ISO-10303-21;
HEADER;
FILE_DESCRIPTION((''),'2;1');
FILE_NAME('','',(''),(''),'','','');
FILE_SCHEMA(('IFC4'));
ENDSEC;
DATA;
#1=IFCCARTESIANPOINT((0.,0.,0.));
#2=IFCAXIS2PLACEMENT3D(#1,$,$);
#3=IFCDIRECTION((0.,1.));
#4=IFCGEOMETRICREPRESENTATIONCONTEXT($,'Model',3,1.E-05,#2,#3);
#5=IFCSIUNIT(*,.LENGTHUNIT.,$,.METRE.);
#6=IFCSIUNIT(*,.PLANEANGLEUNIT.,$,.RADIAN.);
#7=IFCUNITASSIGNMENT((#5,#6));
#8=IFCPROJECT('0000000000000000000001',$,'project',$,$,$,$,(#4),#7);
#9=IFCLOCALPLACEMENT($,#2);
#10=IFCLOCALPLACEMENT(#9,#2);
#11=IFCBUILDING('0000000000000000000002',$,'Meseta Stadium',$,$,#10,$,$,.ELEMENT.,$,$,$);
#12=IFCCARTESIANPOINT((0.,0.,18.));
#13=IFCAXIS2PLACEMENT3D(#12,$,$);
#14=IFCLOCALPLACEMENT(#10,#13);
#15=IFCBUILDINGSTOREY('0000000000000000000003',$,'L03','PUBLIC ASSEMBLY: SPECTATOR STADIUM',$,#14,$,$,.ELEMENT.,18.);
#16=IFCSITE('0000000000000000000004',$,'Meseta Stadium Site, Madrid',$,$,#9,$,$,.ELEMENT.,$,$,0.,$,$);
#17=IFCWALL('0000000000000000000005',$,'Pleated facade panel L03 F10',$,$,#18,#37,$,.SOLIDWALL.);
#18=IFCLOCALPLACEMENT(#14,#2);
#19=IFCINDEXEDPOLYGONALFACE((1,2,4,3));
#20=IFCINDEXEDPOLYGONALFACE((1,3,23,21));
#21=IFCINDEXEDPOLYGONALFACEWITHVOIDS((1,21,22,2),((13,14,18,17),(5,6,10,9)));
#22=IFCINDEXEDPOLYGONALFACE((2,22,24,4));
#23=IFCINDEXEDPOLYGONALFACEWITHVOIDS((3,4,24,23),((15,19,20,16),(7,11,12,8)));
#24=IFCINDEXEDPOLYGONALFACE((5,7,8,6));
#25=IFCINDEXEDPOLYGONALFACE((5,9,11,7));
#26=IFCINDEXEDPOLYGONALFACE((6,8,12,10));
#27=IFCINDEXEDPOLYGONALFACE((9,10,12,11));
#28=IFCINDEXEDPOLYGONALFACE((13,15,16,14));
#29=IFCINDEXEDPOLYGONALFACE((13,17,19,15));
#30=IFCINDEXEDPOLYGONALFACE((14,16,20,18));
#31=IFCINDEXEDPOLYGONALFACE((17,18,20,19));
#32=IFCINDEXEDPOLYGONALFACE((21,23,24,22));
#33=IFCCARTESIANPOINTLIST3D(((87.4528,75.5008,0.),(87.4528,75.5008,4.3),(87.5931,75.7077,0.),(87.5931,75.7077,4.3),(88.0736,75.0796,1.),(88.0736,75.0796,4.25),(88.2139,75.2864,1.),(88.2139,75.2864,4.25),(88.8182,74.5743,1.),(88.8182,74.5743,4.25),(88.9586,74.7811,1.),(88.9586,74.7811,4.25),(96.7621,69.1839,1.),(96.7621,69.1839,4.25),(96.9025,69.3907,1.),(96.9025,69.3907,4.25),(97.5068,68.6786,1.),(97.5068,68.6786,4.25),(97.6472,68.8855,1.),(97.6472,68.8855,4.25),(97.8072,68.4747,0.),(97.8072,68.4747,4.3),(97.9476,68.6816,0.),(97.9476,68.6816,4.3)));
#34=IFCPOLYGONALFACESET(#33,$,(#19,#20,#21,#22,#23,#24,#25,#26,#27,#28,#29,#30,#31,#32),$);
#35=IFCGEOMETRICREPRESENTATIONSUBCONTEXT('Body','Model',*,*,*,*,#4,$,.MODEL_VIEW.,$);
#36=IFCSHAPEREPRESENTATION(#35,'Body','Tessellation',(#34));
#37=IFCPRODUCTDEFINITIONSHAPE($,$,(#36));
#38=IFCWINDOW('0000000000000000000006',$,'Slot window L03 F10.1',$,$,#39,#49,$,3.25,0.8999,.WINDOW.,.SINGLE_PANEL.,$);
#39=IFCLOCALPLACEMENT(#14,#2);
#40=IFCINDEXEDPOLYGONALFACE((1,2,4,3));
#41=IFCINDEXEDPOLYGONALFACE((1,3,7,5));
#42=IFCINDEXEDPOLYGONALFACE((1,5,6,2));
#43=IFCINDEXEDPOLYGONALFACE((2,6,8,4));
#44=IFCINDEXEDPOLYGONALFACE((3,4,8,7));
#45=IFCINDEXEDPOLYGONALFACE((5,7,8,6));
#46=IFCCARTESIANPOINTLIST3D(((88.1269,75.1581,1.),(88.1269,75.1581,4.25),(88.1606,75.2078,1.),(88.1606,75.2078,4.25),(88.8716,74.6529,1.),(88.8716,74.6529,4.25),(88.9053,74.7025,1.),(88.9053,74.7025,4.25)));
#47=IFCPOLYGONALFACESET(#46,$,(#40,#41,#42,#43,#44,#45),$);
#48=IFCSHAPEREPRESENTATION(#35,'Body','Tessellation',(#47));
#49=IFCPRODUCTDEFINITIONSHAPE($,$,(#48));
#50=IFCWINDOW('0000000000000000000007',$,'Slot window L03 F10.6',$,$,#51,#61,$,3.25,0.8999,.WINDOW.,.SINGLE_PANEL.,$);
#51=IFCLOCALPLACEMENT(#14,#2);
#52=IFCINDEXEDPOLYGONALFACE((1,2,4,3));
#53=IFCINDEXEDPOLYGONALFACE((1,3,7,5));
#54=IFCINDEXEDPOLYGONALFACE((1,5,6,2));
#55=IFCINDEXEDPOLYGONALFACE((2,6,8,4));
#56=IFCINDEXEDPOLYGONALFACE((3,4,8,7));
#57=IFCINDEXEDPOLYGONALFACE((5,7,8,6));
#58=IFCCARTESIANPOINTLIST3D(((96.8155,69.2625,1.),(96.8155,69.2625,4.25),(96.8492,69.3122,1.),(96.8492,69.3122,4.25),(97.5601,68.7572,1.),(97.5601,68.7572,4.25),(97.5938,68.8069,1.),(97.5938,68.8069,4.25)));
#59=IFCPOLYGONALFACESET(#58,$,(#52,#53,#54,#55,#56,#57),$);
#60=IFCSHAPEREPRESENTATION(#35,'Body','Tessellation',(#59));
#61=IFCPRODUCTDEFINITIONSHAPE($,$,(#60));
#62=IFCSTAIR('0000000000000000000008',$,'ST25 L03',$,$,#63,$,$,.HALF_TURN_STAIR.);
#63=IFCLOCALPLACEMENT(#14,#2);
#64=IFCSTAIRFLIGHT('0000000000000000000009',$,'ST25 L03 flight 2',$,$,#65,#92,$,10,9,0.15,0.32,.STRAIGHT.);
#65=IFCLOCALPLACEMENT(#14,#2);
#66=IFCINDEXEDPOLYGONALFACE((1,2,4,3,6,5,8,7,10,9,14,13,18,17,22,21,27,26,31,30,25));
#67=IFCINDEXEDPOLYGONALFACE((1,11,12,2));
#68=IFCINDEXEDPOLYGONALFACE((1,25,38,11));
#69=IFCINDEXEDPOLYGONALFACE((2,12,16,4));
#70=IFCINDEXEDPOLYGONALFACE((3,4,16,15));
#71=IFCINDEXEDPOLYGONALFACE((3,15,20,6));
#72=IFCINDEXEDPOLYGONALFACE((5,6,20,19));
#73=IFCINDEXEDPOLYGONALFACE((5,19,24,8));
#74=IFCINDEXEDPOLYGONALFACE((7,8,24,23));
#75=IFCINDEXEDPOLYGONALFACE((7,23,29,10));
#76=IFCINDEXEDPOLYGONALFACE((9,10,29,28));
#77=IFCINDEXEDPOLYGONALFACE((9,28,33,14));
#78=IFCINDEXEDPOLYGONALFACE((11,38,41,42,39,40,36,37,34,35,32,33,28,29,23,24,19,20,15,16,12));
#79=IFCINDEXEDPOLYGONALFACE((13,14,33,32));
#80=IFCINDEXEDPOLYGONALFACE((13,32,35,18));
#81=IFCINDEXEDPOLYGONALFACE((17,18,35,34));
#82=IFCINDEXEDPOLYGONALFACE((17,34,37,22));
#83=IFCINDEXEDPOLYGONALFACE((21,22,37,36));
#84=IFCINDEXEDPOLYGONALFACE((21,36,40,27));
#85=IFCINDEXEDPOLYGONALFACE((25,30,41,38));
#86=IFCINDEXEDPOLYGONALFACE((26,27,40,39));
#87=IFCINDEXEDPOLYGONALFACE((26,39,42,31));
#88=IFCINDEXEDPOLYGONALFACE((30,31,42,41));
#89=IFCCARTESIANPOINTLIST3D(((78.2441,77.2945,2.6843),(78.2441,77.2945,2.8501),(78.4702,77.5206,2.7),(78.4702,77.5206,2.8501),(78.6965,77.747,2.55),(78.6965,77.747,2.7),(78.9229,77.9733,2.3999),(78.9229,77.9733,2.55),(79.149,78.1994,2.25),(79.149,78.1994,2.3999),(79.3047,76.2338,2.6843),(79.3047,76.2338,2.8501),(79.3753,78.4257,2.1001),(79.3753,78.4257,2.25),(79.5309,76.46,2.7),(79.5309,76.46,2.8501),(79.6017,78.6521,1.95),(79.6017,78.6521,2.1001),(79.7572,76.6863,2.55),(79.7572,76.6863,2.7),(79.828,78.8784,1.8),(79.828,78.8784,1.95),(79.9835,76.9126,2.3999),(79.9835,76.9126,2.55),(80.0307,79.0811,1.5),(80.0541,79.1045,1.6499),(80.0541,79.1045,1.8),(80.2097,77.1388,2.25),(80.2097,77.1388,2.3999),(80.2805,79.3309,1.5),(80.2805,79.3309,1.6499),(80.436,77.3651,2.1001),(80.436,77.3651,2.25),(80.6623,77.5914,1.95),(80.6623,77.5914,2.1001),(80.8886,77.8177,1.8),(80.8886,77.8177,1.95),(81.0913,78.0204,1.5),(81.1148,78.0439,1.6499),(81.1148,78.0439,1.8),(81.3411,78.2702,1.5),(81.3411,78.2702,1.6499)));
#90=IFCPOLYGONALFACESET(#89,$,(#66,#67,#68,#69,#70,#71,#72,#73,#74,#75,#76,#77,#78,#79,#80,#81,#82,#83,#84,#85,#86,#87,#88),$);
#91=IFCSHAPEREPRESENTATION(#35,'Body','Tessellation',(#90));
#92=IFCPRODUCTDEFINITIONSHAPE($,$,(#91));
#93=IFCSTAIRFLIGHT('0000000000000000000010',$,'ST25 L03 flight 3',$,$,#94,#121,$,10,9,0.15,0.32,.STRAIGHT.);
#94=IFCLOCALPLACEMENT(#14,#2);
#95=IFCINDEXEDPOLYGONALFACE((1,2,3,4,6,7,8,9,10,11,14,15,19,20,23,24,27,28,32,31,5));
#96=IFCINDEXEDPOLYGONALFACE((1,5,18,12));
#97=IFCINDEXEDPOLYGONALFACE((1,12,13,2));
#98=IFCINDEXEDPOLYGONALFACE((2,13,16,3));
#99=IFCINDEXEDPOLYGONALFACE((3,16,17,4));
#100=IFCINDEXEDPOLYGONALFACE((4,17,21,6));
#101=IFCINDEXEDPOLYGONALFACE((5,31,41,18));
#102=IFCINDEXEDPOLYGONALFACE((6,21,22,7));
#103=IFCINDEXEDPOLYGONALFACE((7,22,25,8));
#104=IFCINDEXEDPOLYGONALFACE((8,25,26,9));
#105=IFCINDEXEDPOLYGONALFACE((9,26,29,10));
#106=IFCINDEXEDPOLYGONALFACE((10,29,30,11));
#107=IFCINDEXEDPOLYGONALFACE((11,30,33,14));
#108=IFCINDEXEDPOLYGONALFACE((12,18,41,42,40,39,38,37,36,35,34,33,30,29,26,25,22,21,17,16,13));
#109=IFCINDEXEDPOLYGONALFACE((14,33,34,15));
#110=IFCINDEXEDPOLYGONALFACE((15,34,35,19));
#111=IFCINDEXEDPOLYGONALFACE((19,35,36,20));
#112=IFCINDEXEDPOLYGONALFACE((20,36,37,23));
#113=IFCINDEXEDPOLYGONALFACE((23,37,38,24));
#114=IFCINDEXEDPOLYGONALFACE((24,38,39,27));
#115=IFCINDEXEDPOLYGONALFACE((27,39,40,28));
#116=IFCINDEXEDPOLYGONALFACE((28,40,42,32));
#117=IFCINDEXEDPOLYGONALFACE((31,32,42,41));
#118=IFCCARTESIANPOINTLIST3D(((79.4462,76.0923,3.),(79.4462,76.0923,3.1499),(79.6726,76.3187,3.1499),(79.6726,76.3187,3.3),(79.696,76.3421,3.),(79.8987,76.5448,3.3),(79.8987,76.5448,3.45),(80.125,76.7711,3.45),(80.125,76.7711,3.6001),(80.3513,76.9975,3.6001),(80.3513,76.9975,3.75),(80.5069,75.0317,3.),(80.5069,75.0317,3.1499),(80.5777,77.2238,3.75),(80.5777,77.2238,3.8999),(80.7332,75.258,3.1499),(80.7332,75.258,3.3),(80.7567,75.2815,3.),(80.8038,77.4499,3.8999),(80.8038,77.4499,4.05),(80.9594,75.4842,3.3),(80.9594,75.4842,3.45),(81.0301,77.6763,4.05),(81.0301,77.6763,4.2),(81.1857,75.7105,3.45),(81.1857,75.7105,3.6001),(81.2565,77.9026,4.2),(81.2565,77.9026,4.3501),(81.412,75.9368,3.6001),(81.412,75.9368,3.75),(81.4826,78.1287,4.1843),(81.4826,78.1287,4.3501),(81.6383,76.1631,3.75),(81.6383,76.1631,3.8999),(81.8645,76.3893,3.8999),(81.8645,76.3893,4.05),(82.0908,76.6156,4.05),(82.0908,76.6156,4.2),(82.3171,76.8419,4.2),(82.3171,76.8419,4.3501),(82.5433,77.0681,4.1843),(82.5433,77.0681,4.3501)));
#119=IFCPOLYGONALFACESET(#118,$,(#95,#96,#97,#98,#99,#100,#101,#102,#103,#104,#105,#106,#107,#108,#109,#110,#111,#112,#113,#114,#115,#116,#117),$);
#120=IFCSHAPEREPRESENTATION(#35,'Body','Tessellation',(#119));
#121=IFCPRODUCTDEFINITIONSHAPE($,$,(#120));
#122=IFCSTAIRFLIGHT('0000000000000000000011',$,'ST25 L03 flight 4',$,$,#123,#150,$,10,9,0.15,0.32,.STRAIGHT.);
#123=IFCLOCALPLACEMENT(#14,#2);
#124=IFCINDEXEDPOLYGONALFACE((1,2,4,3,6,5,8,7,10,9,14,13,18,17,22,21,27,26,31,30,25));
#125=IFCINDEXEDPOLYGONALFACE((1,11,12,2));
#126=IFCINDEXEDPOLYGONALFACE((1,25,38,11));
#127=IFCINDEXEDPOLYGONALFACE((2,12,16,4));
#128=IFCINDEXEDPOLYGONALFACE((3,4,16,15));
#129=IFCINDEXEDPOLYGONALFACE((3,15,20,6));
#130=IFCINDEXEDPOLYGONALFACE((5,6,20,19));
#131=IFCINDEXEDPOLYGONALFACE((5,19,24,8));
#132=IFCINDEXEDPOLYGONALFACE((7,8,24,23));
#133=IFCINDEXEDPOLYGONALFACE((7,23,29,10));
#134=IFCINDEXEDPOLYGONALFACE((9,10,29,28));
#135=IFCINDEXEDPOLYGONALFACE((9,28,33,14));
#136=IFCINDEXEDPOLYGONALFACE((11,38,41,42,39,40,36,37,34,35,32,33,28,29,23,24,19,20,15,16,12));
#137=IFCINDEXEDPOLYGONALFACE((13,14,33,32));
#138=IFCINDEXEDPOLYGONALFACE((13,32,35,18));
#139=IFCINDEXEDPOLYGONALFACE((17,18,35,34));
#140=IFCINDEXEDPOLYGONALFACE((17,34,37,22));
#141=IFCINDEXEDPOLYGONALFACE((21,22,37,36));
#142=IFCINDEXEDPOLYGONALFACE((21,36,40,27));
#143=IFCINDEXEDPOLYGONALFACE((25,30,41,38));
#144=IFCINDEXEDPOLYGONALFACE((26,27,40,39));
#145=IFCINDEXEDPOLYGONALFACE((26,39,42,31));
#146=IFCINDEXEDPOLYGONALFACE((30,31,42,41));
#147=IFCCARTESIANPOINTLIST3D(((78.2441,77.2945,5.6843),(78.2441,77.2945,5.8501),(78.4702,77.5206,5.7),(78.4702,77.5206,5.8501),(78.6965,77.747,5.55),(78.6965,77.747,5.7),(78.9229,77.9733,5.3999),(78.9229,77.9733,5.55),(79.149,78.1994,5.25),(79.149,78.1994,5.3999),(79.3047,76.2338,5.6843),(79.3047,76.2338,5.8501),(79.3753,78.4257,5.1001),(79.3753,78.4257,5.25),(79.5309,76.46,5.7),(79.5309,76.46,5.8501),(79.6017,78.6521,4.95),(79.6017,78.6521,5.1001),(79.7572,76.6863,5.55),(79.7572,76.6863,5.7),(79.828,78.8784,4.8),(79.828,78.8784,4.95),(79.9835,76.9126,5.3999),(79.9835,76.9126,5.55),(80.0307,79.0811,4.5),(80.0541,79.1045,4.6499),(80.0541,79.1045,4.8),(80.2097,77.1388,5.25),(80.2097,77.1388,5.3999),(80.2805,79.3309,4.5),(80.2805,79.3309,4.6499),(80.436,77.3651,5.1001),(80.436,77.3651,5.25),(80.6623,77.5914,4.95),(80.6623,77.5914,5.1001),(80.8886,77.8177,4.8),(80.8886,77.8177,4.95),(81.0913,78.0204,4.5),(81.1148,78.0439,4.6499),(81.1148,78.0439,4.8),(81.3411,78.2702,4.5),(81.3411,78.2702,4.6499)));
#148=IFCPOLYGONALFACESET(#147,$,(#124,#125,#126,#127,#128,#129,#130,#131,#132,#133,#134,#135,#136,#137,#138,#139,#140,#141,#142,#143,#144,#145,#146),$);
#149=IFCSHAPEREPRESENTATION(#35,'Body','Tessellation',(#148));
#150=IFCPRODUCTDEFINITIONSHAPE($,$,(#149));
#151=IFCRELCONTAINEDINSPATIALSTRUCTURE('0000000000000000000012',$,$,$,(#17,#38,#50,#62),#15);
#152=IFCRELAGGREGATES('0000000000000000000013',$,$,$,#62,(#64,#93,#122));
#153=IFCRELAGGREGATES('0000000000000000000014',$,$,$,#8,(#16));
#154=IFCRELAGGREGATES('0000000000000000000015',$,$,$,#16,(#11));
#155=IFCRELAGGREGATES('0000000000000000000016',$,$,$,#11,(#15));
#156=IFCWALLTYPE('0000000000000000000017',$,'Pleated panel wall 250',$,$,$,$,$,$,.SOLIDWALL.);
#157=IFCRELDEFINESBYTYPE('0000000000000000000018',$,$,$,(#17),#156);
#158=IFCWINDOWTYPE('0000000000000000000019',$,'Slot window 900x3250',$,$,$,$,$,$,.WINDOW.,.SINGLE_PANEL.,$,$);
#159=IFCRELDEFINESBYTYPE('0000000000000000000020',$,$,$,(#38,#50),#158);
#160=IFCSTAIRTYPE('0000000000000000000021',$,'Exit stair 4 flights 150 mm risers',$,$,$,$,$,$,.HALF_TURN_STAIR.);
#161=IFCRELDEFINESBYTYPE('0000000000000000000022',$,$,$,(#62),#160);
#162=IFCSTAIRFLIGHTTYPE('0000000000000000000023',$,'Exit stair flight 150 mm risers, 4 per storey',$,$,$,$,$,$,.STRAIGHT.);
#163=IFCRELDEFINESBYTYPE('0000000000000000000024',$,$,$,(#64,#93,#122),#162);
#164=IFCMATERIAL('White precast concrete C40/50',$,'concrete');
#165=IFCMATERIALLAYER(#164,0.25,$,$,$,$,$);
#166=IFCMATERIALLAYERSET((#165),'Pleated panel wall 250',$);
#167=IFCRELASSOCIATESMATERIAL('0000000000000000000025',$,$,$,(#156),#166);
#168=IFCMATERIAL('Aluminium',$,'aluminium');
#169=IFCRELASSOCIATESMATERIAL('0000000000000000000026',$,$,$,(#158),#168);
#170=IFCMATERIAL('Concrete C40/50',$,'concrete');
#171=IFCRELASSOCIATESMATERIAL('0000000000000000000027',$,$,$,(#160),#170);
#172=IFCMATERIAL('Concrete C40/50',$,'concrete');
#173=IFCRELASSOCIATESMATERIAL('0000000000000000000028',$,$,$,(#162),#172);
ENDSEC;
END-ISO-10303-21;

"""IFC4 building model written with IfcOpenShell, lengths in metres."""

from ifc_helpers import new_model, si_unit, direction, frame, frame_2d, origin, place, context, subcontext, project, spatial, polyline, rectangle, outline, extrude, material, layer, layer_set, type_object, element, fill, aggregate, save


model = new_model("IFC4")

# Units and contexts
model_context = context("Model", 3, precision=1e-05, world=origin(), true_north=direction((0.0, 1.0)))
body_context = subcontext(model_context, "Body", "Model", "MODEL_VIEW")
ifc_project = project(units=[si_unit("LENGTHUNIT", "METRE"), si_unit("PLANEANGLEUNIT", "RADIAN")], contexts=[model_context])

# Site, building, storey
site_placement = place(None, origin())
site = spatial("IfcSite", under=ifc_project, at=site_placement, Name="Meseta Stadium Site, Madrid", CompositionType="ELEMENT", RefElevation=0.0)
building_placement = place(site_placement, origin())
building = spatial("IfcBuilding", under=site, at=building_placement, Name="Meseta Stadium", CompositionType="ELEMENT")
storey_placement = place(building_placement, frame((0.0, 0.0, 18.0)))
storey = spatial("IfcBuildingStorey", under=building, at=storey_placement, Name="L03", Description="PUBLIC ASSEMBLY: SPECTATOR STADIUM", CompositionType="ELEMENT", Elevation=18.0)

# Wall, openings, windows
ifc_material_1 = material(Name="White precast concrete C40/50", Category="concrete")
ifc_layer_1 = layer(ifc_material_1, 0.25)
ifc_layer_set_1 = layer_set([ifc_layer_1], Name="Pleated panel wall 250")
wall_type_1 = type_object("IfcWallType", Name="Pleated panel wall 250", PredefinedType="SOLIDWALL", material=ifc_layer_set_1)
wall_1_placement = place(storey_placement, frame((87.5229, 75.6042, 0.0), z_axis=(0.0, 0.0, 1.0), x_axis=(0.827481, -0.561494, 0.0)))
wall_1 = element("IfcWall", 1, at=wall_1_placement, inside=storey, type_object=wall_type_1, Name="Pleated facade panel L03 F10", PredefinedType="SOLIDWALL", context=body_context, shape_type="SweptSolid", body=[
    extrude(rectangle(XDim=12.5132, YDim=0.25, at=frame_2d((6.2566, 0.0))), origin(), (0.0, 0.0, 1.0), 4.3),
])
opening_1_placement = place(wall_1_placement, frame((0.7502, 0.0, 1.0)))
opening_1 = element("IfcOpeningElement", 2, at=opening_1_placement, cuts=wall_1, PredefinedType="OPENING", context=body_context, shape_type="SweptSolid", body=[
    extrude(rectangle(XDim=0.8999, YDim=3.25, at=frame_2d((0.45, 1.625))), frame((0.0, 0.135, 0.0), z_axis=(0.0, -1.0, 0.0), x_axis=(1.0, 0.0, 0.0)), (0.0, 0.0, 1.0), 0.27),
])
opening_2_placement = place(wall_1_placement, frame((11.2502, 0.0, 1.0)))
opening_2 = element("IfcOpeningElement", 3, at=opening_2_placement, cuts=wall_1, PredefinedType="OPENING", context=body_context, shape_type="SweptSolid", body=[
    extrude(rectangle(XDim=0.8999, YDim=3.25, at=frame_2d((0.45, 1.625))), frame((0.0, 0.135, 0.0), z_axis=(0.0, -1.0, 0.0), x_axis=(1.0, 0.0, 0.0)), (0.0, 0.0, 1.0), 0.27),
])
ifc_material_2 = material(Name="Aluminium", Category="aluminium")
window_type = type_object("IfcWindowType", Name="Slot window 900x3250", PartitioningType="SINGLE_PANEL", PredefinedType="WINDOW", material=ifc_material_2)
window_1_placement = place(opening_1_placement, origin())
window_1 = element("IfcWindow", 4, at=window_1_placement, inside=storey, type_object=window_type, Name="Slot window L03 F10.1", OverallHeight=3.25, OverallWidth=0.8999, PartitioningType="SINGLE_PANEL", PredefinedType="WINDOW", context=body_context, shape_type="SweptSolid", body=[
    extrude(rectangle(XDim=0.8999, YDim=3.25, at=frame_2d((0.45, 1.625))), frame((0.0, 0.03, 0.0), z_axis=(0.0, -1.0, 0.0), x_axis=(1.0, 0.0, 0.0)), (0.0, 0.0, 1.0), 0.0601),
])
fill(opening_1, window_1)
window_2_placement = place(opening_2_placement, origin())
window_2 = element("IfcWindow", 5, at=window_2_placement, inside=storey, type_object=window_type, Name="Slot window L03 F10.6", OverallHeight=3.25, OverallWidth=0.8999, PartitioningType="SINGLE_PANEL", PredefinedType="WINDOW", context=body_context, shape_type="SweptSolid", body=[
    extrude(rectangle(XDim=0.8999, YDim=3.25, at=frame_2d((0.45, 1.625))), frame((0.0, 0.03, 0.0), z_axis=(0.0, -1.0, 0.0), x_axis=(1.0, 0.0, 0.0)), (0.0, 0.0, 1.0), 0.0601),
])
fill(opening_2, window_2)

# Stair, stair flights
ifc_material_3 = material(Name="Concrete C40/50", Category="concrete")
stair_type = type_object("IfcStairType", Name="Exit stair 4 flights 150 mm risers", PredefinedType="HALF_TURN_STAIR", material=ifc_material_3)
stair_placement = place(storey_placement, origin())
stair = element("IfcStair", 6, at=stair_placement, inside=storey, type_object=stair_type, Name="ST25 L03", PredefinedType="HALF_TURN_STAIR")
ifc_material_4 = material(Name="Concrete C40/50", Category="concrete")
stair_flight_type = type_object("IfcStairFlightType", Name="Exit stair flight 150 mm risers, 4 per storey", PredefinedType="STRAIGHT", material=ifc_material_4)
stair_flight_1_placement = place(storey_placement, frame((80.8108, 78.8005, 1.5), z_axis=(0.0, 0.0, 1.0), x_axis=(-0.707107, -0.707107, 0.0)))
stair_flight_1 = element("IfcStairFlight", 7, at=stair_flight_1_placement, type_object=stair_flight_type, Name="ST25 L03 flight 2", NumberOfRisers=10, NumberOfTreads=9, PredefinedType="STRAIGHT", RiserHeight=0.15, TreadLength=0.32, context=body_context, shape_type="SweptSolid", body=[
    extrude(outline(polyline([(0.0, 0.0), (0.0, 0.1499), (0.3201, 0.1499), (0.3201, 0.3), (0.6399, 0.3), (0.6399, 0.45), (0.96, 0.45), (0.96, 0.6001), (1.28, 0.6001), (1.28, 0.75), (1.6001, 0.75), (1.6001, 0.8999), (1.9199, 0.8999), (1.9199, 1.05), (2.24, 1.05), (2.24, 1.2), (2.5601, 1.2), (2.5601, 1.3501), (2.8799, 1.3501), (2.8799, 1.1843), (0.3533, 0.0), (0.0, 0.0)])), frame((0.0, 0.75, 0.0), z_axis=(0.0, -1.0, 0.0), x_axis=(1.0, 0.0, 0.0)), (0.0, 0.0, 1.0), 1.5),
])
stair_flight_2_placement = place(storey_placement, frame((79.9766, 75.562, 3.0), z_axis=(0.0, 0.0, 1.0), x_axis=(0.707107, 0.707107, 0.0)))
stair_flight_2 = element("IfcStairFlight", 8, at=stair_flight_2_placement, type_object=stair_flight_type, Name="ST25 L03 flight 3", NumberOfRisers=10, NumberOfTreads=9, PredefinedType="STRAIGHT", RiserHeight=0.15, TreadLength=0.32, context=body_context, shape_type="SweptSolid", body=[
    extrude(outline(polyline([(0.0, 0.0), (0.0, 0.1499), (0.3201, 0.1499), (0.3201, 0.3), (0.6399, 0.3), (0.6399, 0.45), (0.96, 0.45), (0.96, 0.6001), (1.28, 0.6001), (1.28, 0.75), (1.6001, 0.75), (1.6001, 0.8999), (1.9199, 0.8999), (1.9199, 1.05), (2.24, 1.05), (2.24, 1.2), (2.5601, 1.2), (2.5601, 1.3501), (2.8799, 1.3501), (2.8799, 1.1843), (0.3533, 0.0), (0.0, 0.0)])), frame((0.0, 0.75, 0.0), z_axis=(0.0, -1.0, 0.0), x_axis=(1.0, 0.0, 0.0)), (0.0, 0.0, 1.0), 1.5),
])
stair_flight_3_placement = place(storey_placement, frame((80.8108, 78.8005, 4.5), z_axis=(0.0, 0.0, 1.0), x_axis=(-0.707107, -0.707107, 0.0)))
stair_flight_3 = element("IfcStairFlight", 9, at=stair_flight_3_placement, type_object=stair_flight_type, Name="ST25 L03 flight 4", NumberOfRisers=10, NumberOfTreads=9, PredefinedType="STRAIGHT", RiserHeight=0.15, TreadLength=0.32, context=body_context, shape_type="SweptSolid", body=[
    extrude(outline(polyline([(0.0, 0.0), (0.0, 0.1499), (0.3201, 0.1499), (0.3201, 0.3), (0.6399, 0.3), (0.6399, 0.45), (0.96, 0.45), (0.96, 0.6001), (1.28, 0.6001), (1.28, 0.75), (1.6001, 0.75), (1.6001, 0.8999), (1.9199, 0.8999), (1.9199, 1.05), (2.24, 1.05), (2.24, 1.2), (2.5601, 1.2), (2.5601, 1.3501), (2.8799, 1.3501), (2.8799, 1.1843), (0.3533, 0.0), (0.0, 0.0)])), frame((0.0, 0.75, 0.0), z_axis=(0.0, -1.0, 0.0), x_axis=(1.0, 0.0, 0.0)), (0.0, 0.0, 1.0), 1.5),
])
aggregate(stair, [stair_flight_1, stair_flight_2, stair_flight_3])

save(model, "model.ifc")
